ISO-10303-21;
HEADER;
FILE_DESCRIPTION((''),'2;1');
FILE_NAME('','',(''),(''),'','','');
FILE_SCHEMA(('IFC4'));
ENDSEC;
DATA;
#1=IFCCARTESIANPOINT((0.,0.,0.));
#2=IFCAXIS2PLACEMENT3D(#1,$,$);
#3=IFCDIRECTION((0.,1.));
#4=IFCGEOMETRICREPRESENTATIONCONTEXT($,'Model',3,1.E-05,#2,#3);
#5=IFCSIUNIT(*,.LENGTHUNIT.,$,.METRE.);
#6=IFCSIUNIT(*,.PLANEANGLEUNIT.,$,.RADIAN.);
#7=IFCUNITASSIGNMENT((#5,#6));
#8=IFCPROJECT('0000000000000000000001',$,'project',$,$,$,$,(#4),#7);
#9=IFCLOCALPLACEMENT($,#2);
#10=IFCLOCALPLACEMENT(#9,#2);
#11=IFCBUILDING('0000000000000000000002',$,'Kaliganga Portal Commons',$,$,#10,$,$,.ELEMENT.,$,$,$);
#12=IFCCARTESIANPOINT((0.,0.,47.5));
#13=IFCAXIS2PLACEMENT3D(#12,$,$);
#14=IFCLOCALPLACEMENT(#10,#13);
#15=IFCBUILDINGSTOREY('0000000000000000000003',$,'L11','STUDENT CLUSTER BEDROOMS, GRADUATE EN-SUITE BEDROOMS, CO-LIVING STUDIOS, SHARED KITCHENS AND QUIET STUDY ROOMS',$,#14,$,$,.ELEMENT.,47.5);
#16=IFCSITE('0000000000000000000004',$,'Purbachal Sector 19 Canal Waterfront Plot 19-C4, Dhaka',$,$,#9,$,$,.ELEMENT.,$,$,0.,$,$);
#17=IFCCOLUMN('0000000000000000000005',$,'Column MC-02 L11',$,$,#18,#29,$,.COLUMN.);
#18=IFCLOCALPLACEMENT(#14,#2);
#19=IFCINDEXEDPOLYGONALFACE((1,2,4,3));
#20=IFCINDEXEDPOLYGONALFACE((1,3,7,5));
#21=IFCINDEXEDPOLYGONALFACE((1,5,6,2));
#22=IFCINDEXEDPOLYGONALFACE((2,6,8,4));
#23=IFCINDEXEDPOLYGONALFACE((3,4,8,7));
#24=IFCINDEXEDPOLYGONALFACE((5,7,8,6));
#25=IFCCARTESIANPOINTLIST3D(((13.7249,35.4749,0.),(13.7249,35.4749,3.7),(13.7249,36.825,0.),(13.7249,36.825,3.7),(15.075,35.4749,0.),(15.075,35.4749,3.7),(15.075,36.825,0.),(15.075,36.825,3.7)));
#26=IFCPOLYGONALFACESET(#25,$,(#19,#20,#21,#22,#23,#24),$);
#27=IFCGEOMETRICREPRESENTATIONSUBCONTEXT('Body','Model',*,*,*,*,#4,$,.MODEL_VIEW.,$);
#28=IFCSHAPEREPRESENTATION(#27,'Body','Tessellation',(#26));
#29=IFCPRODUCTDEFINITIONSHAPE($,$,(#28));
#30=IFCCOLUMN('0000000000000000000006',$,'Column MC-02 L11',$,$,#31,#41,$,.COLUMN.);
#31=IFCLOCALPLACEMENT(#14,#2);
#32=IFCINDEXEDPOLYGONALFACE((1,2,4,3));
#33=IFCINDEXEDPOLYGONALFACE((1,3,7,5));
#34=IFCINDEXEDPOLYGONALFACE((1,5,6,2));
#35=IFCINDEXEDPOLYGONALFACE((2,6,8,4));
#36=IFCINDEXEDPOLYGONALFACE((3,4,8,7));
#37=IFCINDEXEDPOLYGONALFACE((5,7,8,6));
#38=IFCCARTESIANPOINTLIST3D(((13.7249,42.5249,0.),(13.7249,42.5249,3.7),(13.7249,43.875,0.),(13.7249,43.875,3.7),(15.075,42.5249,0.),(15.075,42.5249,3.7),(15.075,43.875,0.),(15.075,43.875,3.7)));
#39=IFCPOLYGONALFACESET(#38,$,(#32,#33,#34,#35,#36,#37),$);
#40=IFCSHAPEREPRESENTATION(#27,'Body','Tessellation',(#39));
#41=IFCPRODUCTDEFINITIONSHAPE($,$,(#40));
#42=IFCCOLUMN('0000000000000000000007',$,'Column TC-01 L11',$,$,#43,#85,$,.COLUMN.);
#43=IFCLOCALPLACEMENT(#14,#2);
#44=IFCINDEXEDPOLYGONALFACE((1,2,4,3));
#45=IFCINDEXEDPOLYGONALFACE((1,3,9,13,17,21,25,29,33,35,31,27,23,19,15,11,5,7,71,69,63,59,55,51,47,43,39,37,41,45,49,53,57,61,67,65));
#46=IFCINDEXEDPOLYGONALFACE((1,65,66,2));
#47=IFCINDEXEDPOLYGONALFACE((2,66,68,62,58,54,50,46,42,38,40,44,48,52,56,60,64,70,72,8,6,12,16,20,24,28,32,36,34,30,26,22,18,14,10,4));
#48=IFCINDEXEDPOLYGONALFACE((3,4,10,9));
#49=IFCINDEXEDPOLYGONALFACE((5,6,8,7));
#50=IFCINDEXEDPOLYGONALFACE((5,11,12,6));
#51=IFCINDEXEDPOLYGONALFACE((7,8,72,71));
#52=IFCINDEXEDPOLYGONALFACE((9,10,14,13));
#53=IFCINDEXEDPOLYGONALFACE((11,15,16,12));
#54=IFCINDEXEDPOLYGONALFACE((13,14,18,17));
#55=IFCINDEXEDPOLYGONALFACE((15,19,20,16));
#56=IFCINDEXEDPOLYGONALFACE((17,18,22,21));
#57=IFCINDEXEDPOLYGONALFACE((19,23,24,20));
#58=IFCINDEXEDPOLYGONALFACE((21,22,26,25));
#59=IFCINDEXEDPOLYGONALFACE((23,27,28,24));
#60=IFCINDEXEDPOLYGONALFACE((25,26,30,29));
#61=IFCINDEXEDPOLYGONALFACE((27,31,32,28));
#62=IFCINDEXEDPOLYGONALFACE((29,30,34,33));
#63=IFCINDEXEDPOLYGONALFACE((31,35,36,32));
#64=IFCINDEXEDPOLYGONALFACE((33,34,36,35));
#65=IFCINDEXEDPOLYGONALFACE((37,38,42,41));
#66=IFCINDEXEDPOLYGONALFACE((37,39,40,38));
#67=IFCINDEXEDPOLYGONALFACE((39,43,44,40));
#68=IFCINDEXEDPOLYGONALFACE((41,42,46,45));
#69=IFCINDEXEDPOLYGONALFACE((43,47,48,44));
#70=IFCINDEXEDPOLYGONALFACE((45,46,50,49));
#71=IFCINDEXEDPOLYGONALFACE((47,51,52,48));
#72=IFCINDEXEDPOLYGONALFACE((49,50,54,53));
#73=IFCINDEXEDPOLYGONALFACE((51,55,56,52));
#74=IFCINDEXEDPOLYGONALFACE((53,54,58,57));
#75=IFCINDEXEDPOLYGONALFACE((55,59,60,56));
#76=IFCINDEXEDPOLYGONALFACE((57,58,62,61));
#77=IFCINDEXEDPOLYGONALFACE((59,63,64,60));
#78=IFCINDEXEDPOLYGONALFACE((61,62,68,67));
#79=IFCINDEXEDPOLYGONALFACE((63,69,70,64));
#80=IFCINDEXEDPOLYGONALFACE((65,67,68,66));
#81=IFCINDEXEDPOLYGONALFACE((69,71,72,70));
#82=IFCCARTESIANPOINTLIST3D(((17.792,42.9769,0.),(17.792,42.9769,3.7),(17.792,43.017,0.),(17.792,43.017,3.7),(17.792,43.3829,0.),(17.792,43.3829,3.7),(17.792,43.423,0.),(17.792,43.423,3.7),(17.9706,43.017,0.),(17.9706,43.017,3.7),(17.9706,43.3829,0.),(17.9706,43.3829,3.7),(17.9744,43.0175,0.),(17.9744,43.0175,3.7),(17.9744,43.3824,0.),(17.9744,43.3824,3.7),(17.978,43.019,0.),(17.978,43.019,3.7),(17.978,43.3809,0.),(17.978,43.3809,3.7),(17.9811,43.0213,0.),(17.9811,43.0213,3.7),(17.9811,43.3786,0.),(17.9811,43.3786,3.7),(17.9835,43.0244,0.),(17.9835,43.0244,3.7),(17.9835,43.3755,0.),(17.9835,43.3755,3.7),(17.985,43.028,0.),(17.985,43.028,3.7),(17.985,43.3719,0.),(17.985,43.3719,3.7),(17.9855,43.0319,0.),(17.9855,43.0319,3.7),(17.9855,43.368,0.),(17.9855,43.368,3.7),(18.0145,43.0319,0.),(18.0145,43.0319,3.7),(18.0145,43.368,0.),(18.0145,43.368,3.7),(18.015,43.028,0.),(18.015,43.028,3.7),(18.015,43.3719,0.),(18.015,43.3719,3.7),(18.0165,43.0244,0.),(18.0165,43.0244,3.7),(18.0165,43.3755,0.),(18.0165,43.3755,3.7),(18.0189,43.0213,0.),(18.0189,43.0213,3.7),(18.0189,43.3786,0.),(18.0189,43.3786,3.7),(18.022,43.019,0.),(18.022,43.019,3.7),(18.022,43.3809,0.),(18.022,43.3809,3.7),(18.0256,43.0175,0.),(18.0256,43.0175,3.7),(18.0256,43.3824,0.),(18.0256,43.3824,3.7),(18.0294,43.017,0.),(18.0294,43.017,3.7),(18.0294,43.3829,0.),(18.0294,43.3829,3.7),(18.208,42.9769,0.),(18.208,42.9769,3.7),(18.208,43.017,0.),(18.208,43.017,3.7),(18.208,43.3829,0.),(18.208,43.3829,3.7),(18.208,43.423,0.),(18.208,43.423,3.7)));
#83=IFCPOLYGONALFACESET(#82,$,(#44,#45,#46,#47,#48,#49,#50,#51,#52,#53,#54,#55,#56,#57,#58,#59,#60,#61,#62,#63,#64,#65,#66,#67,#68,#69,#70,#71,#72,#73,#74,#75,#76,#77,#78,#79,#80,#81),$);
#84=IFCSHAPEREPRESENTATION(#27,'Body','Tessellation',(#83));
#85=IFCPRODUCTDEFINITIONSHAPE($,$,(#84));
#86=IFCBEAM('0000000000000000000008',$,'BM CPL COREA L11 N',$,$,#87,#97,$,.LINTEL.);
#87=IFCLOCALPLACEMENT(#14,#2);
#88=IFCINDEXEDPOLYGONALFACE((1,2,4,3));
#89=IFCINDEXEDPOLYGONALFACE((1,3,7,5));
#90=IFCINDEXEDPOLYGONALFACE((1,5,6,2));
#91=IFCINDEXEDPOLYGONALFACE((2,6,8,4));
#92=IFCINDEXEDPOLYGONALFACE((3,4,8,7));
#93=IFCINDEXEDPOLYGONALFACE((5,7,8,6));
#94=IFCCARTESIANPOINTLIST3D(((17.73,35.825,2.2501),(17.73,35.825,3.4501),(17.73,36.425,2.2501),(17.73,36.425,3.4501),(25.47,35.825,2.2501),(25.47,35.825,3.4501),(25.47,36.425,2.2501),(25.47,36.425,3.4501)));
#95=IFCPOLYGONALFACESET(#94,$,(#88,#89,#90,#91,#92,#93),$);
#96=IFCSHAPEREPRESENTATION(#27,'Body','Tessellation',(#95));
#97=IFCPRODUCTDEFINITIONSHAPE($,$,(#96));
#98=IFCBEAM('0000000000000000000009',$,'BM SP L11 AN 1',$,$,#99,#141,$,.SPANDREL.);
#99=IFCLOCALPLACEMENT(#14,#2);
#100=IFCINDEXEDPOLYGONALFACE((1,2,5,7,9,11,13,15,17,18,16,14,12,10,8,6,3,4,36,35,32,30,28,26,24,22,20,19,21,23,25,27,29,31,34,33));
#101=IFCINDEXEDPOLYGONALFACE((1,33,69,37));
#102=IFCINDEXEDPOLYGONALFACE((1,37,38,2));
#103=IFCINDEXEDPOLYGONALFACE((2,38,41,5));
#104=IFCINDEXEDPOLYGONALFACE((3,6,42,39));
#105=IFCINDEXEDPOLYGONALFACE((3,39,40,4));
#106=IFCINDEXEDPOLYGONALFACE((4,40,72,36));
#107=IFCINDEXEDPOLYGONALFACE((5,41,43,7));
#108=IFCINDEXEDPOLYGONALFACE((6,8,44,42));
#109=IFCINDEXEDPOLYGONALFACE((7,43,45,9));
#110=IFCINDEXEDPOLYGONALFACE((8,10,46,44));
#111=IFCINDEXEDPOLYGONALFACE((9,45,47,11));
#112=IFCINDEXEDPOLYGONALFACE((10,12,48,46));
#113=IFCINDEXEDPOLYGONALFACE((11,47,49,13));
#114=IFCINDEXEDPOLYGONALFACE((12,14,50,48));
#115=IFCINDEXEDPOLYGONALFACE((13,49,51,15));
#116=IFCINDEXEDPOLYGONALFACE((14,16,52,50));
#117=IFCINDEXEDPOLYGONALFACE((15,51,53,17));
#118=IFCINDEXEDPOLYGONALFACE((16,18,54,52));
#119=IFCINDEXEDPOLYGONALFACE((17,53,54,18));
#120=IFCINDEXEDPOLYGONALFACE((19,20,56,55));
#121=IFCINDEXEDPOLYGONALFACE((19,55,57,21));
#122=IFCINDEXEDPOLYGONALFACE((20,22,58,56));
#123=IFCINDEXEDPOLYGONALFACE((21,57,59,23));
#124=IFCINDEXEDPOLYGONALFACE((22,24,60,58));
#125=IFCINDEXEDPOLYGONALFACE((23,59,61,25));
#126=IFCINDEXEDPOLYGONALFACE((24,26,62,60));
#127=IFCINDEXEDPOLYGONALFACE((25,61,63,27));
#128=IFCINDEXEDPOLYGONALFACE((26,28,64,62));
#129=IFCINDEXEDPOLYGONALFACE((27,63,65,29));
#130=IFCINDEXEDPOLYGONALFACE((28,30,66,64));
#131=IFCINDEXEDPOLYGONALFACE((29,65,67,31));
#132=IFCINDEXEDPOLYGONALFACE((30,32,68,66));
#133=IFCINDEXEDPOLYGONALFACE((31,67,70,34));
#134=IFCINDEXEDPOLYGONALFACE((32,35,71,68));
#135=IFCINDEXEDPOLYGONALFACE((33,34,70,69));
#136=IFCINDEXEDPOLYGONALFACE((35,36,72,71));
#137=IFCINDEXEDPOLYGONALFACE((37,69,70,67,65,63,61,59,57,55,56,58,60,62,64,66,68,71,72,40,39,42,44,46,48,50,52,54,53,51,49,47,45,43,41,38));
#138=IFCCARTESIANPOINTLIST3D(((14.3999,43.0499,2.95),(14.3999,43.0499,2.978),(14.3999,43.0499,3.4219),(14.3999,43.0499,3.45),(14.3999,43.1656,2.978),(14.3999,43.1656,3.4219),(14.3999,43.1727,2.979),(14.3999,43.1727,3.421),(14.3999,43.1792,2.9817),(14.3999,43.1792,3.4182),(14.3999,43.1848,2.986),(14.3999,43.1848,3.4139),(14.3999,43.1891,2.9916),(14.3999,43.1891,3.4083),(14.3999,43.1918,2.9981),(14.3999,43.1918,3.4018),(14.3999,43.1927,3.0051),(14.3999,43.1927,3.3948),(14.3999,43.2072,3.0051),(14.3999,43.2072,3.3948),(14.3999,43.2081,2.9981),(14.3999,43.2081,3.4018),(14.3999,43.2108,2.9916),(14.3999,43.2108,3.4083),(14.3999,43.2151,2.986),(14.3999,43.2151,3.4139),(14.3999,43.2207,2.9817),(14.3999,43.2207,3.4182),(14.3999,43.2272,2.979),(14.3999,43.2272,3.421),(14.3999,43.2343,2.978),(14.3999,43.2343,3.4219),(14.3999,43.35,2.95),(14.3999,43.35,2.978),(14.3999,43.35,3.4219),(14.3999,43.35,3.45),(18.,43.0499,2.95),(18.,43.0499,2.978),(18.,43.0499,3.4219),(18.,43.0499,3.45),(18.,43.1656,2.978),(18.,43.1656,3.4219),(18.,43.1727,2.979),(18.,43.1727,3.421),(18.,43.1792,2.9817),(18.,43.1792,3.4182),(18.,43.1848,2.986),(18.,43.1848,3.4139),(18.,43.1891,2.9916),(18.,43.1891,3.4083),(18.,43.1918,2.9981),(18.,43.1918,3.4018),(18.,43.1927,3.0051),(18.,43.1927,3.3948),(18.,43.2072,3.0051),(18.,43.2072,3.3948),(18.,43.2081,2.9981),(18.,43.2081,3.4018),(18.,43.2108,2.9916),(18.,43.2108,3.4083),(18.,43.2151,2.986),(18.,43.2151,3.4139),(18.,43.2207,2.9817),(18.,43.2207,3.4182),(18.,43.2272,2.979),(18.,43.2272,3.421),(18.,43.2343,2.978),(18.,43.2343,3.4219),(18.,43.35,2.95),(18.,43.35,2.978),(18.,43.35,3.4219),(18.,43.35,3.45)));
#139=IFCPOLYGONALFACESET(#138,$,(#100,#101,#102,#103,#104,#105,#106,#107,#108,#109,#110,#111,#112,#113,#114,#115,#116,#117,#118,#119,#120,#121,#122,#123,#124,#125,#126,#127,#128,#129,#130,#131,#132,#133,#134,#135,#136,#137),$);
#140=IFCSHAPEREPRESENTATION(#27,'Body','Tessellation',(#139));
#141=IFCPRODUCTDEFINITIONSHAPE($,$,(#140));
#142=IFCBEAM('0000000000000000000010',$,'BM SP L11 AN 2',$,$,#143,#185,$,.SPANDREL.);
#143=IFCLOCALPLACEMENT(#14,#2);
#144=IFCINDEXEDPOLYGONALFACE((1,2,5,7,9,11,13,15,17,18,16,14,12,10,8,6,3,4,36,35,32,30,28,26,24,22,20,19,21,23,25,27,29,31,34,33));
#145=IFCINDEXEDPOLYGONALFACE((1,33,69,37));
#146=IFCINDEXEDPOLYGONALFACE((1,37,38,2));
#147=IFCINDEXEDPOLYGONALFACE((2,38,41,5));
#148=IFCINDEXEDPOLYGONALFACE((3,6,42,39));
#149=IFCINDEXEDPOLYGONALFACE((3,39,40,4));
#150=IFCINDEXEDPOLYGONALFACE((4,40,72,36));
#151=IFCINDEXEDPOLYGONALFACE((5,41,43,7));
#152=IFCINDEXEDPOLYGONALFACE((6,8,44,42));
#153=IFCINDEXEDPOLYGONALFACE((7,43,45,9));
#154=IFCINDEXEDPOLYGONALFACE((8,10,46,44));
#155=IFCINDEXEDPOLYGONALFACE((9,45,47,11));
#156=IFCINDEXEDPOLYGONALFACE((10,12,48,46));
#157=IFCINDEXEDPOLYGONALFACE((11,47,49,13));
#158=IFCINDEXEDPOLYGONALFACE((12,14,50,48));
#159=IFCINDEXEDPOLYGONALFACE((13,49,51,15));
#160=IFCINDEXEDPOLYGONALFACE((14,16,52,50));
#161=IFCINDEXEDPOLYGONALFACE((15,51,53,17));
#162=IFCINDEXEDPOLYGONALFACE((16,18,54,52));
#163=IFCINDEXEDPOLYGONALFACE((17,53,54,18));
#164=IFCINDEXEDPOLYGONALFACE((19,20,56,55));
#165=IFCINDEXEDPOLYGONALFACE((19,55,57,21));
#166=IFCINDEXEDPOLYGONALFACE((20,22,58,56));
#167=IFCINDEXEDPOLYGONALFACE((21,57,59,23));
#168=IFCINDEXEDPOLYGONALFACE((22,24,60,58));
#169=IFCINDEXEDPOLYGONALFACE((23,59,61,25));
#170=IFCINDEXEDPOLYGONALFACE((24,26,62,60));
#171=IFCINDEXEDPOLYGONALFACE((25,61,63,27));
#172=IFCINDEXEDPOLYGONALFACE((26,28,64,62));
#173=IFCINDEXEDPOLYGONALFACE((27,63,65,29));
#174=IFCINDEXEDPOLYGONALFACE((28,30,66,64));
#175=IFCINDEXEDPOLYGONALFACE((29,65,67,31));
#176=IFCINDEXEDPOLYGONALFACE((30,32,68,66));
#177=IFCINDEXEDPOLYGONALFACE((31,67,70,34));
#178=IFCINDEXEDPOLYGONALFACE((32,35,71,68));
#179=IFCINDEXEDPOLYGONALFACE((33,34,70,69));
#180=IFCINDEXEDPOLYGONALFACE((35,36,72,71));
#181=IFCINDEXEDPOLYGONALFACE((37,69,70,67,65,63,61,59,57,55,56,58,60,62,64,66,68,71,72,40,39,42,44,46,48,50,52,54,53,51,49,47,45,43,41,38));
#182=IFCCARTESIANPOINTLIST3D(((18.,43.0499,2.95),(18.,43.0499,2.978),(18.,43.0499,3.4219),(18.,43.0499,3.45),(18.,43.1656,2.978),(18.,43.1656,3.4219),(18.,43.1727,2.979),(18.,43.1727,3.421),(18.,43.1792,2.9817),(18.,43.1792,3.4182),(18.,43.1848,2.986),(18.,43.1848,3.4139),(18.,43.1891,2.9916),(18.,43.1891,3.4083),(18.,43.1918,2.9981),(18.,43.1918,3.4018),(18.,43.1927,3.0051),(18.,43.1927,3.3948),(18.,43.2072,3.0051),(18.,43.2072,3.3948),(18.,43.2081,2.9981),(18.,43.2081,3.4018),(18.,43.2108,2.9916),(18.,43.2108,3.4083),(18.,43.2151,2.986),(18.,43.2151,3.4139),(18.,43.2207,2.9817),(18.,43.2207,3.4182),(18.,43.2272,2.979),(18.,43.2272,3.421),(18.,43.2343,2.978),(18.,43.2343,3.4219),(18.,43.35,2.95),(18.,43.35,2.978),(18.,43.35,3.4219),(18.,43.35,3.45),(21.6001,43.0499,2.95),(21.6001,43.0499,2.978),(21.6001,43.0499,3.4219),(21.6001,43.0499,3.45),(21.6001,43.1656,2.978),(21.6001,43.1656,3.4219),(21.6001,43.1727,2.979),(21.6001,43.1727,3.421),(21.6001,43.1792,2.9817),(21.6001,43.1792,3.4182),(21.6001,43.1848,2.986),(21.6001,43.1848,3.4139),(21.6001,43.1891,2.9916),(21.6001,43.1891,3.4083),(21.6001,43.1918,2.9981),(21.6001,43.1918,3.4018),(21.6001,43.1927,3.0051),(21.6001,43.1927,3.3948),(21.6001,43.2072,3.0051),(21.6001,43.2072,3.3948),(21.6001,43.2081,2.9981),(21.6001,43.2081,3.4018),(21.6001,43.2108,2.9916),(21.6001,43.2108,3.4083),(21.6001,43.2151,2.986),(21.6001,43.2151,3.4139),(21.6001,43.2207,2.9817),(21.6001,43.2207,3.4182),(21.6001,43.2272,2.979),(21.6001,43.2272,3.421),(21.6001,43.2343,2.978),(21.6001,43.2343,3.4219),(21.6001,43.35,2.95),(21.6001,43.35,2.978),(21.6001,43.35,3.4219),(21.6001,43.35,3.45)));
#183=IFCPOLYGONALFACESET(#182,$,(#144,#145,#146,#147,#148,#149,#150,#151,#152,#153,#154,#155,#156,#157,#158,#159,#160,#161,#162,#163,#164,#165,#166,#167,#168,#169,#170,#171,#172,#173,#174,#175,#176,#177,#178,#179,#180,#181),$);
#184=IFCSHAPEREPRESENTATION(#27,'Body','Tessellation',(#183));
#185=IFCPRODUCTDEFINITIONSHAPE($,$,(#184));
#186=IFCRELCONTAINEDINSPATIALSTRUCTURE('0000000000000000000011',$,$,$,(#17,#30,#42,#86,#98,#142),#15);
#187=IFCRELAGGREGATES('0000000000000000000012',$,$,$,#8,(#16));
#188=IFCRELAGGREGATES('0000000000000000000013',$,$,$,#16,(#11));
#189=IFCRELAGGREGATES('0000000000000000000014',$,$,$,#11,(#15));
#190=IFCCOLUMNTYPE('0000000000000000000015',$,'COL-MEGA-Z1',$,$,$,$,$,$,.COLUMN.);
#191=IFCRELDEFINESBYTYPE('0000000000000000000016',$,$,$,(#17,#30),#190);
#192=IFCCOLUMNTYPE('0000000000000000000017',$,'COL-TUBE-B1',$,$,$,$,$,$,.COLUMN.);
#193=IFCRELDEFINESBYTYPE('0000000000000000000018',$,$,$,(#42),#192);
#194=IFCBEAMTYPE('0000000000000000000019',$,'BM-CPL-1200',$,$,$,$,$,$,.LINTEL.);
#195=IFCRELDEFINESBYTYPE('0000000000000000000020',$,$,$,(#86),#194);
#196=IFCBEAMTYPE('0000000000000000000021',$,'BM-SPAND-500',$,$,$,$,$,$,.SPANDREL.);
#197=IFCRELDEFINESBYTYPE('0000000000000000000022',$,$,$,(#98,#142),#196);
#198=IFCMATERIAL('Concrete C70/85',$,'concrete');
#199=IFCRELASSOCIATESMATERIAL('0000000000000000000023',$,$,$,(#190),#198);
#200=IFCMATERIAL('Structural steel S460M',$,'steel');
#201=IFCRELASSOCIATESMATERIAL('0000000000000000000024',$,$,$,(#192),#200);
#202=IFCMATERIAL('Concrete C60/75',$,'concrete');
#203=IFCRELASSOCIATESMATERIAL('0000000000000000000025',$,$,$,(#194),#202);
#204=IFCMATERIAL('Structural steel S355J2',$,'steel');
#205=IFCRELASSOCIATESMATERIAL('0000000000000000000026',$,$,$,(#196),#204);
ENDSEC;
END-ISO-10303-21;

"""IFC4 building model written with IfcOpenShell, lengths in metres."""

from ifc_helpers import new_model, si_unit, direction, frame, origin, origin_2d, place, context, subcontext, project, spatial, rectangle, i_section, extrude, source, transform, mapped, material, material_profile, profile_set, type_object, element, save


model = new_model("IFC4")

# Units and contexts
model_context = context("Model", 3, precision=1e-05, world=origin(), true_north=direction((0.0, 1.0)))
body_context = subcontext(model_context, "Body", "Model", "MODEL_VIEW")
ifc_project = project(units=[si_unit("LENGTHUNIT", "METRE"), si_unit("PLANEANGLEUNIT", "RADIAN")], contexts=[model_context])

# Site, building, storey
site_placement = place(None, origin())
site = spatial("IfcSite", under=ifc_project, at=site_placement, Name="Purbachal Sector 19 Canal Waterfront Plot 19-C4, Dhaka", CompositionType="ELEMENT", RefElevation=0.0)
building_placement = place(site_placement, origin())
building = spatial("IfcBuilding", under=site, at=building_placement, Name="Kaliganga Portal Commons", CompositionType="ELEMENT")
storey_placement = place(building_placement, frame((0.0, 0.0, 47.5)))
storey = spatial("IfcBuildingStorey", under=building, at=storey_placement, Name="L11", Description="STUDENT CLUSTER BEDROOMS, GRADUATE EN-SUITE BEDROOMS, CO-LIVING STUDIOS, SHARED KITCHENS AND QUIET STUDY ROOMS", CompositionType="ELEMENT", Elevation=47.5)

# Columns
ifc_material_1 = material(Name="Concrete C70/85", Category="concrete")
ifc_material_profile_1 = material_profile(ifc_material_1, rectangle(XDim=1.3501, YDim=1.3501, at=origin_2d()), Name="RC 1350x1350")
ifc_profile_set_1 = profile_set([ifc_material_profile_1], Name="Concrete C70/85")
column_type_1 = type_object("IfcColumnType", Name="COL-MEGA-Z1", PredefinedType="COLUMN", material=ifc_profile_set_1)
shared_shape_1 = source(origin(), body_context, "Body", "SweptSolid", [
    extrude(rectangle(XDim=1.3501, YDim=1.3501, at=origin_2d()), origin(), (0.0, 0.0, 1.0), 3.7),
])
for number, where, z_axis, x_axis, name in (
    (1, (14.3999, 36.1499, 0.0), (0.0, 0.0, 1.0), (1.0, 0.0, 0.0), "Column MC-02 L11"),
    (2, (14.3999, 43.2, 0.0), (0.0, 0.0, 1.0), (1.0, 0.0, 0.0), "Column MC-02 L11"),
):
    element("IfcColumn", number, at=place(storey_placement, frame(where, z_axis=z_axis, x_axis=x_axis)), inside=storey, type_object=column_type_1, Name=name, PredefinedType="COLUMN", context=body_context, shape_type="MappedRepresentation", body=[
        mapped(shared_shape_1, transform((0.0, 0.0, 0.0), x_axis=(1.0, 0.0, 0.0), y_axis=(0.0, 1.0, 0.0), z_axis=(0.0, 0.0, 1.0), scale=1.0)),
    ])
ifc_material_2 = material(Name="Structural steel S460M", Category="steel")
ifc_material_profile_2 = material_profile(ifc_material_2, i_section(OverallWidth=0.416, OverallDepth=0.446, WebThickness=0.0291, FlangeThickness=0.04, FilletRadius=0.0149, at=origin_2d()), Name="HD 400x509")
ifc_profile_set_2 = profile_set([ifc_material_profile_2], Name="Structural steel S460M wide-flange")
column_type_2 = type_object("IfcColumnType", Name="COL-TUBE-B1", PredefinedType="COLUMN", material=ifc_profile_set_2)
shared_shape_2 = source(origin(), body_context, "Body", "SweptSolid", [
    extrude(i_section(OverallWidth=0.416, OverallDepth=0.446, WebThickness=0.0291, FlangeThickness=0.04, FilletRadius=0.0149, at=origin_2d()), origin(), (0.0, 0.0, 1.0), 3.7),
])
column_placement = place(storey_placement, frame((18.0, 43.2, 0.0), z_axis=(0.0, 0.0, 1.0), x_axis=(1.0, 0.0, 0.0)))
element("IfcColumn", 3, at=column_placement, inside=storey, type_object=column_type_2, Name="Column TC-01 L11", PredefinedType="COLUMN", context=body_context, shape_type="MappedRepresentation", body=[
    mapped(shared_shape_2, transform((0.0, 0.0, 0.0), x_axis=(1.0, 0.0, 0.0), y_axis=(0.0, 1.0, 0.0), z_axis=(0.0, 0.0, 1.0), scale=1.0)),
])

# Beams
ifc_material_3 = material(Name="Concrete C60/75", Category="concrete")
ifc_material_profile_3 = material_profile(ifc_material_3, rectangle(XDim=0.6001, YDim=1.2, at=origin_2d()), Name="RC 600x1200")
ifc_profile_set_3 = profile_set([ifc_material_profile_3], Name="Concrete C60/75")
beam_type_1 = type_object("IfcBeamType", Name="BM-CPL-1200", PredefinedType="LINTEL", material=ifc_profile_set_3)
shared_shape_3 = source(origin(), body_context, "Body", "SweptSolid", [
    extrude(rectangle(XDim=0.6001, YDim=1.2, at=origin_2d()), origin(), (0.0, 0.0, 1.0), 7.74),
])
beam_1_placement = place(storey_placement, frame((17.73, 36.125, 2.8501), z_axis=(1.0, 0.0, 0.0), x_axis=(0.0, 1.0, 0.0)))
element("IfcBeam", 4, at=beam_1_placement, inside=storey, type_object=beam_type_1, Name="BM CPL COREA L11 N", PredefinedType="LINTEL", context=body_context, shape_type="MappedRepresentation", body=[
    mapped(shared_shape_3, transform((0.0, 0.0, 0.0), x_axis=(1.0, 0.0, 0.0), y_axis=(0.0, 1.0, 0.0), z_axis=(0.0, 0.0, 1.0), scale=1.0)),
])
ifc_material_4 = material(Name="Structural steel S355J2", Category="steel")
ifc_material_profile_4 = material_profile(ifc_material_4, i_section(OverallWidth=0.3, OverallDepth=0.5, WebThickness=0.0144, FlangeThickness=0.0281, FilletRadius=0.0271, at=origin_2d()), Name="HE 500 B")
ifc_profile_set_4 = profile_set([ifc_material_profile_4], Name="Structural steel S355J2 wide-flange")
beam_type_2 = type_object("IfcBeamType", Name="BM-SPAND-500", PredefinedType="SPANDREL", material=ifc_profile_set_4)
shared_shape_4 = source(origin(), body_context, "Body", "SweptSolid", [
    extrude(i_section(OverallWidth=0.3, OverallDepth=0.5, WebThickness=0.0144, FlangeThickness=0.0281, FilletRadius=0.0271, at=origin_2d()), origin(), (0.0, 0.0, 1.0), 3.6001),
])
for number, where, z_axis, x_axis, name in (
    (5, (14.3999, 43.2, 3.2), (1.0, 0.0, 0.0), (0.0, 1.0, 0.0), "BM SP L11 AN 1"),
    (6, (18.0, 43.2, 3.2), (1.0, 0.0, 0.0), (0.0, 1.0, 0.0), "BM SP L11 AN 2"),
):
    element("IfcBeam", number, at=place(storey_placement, frame(where, z_axis=z_axis, x_axis=x_axis)), inside=storey, type_object=beam_type_2, Name=name, PredefinedType="SPANDREL", context=body_context, shape_type="MappedRepresentation", body=[
        mapped(shared_shape_4, transform((0.0, 0.0, 0.0), x_axis=(1.0, 0.0, 0.0), y_axis=(0.0, 1.0, 0.0), z_axis=(0.0, 0.0, 1.0), scale=1.0)),
    ])

save(model, "model.ifc")
